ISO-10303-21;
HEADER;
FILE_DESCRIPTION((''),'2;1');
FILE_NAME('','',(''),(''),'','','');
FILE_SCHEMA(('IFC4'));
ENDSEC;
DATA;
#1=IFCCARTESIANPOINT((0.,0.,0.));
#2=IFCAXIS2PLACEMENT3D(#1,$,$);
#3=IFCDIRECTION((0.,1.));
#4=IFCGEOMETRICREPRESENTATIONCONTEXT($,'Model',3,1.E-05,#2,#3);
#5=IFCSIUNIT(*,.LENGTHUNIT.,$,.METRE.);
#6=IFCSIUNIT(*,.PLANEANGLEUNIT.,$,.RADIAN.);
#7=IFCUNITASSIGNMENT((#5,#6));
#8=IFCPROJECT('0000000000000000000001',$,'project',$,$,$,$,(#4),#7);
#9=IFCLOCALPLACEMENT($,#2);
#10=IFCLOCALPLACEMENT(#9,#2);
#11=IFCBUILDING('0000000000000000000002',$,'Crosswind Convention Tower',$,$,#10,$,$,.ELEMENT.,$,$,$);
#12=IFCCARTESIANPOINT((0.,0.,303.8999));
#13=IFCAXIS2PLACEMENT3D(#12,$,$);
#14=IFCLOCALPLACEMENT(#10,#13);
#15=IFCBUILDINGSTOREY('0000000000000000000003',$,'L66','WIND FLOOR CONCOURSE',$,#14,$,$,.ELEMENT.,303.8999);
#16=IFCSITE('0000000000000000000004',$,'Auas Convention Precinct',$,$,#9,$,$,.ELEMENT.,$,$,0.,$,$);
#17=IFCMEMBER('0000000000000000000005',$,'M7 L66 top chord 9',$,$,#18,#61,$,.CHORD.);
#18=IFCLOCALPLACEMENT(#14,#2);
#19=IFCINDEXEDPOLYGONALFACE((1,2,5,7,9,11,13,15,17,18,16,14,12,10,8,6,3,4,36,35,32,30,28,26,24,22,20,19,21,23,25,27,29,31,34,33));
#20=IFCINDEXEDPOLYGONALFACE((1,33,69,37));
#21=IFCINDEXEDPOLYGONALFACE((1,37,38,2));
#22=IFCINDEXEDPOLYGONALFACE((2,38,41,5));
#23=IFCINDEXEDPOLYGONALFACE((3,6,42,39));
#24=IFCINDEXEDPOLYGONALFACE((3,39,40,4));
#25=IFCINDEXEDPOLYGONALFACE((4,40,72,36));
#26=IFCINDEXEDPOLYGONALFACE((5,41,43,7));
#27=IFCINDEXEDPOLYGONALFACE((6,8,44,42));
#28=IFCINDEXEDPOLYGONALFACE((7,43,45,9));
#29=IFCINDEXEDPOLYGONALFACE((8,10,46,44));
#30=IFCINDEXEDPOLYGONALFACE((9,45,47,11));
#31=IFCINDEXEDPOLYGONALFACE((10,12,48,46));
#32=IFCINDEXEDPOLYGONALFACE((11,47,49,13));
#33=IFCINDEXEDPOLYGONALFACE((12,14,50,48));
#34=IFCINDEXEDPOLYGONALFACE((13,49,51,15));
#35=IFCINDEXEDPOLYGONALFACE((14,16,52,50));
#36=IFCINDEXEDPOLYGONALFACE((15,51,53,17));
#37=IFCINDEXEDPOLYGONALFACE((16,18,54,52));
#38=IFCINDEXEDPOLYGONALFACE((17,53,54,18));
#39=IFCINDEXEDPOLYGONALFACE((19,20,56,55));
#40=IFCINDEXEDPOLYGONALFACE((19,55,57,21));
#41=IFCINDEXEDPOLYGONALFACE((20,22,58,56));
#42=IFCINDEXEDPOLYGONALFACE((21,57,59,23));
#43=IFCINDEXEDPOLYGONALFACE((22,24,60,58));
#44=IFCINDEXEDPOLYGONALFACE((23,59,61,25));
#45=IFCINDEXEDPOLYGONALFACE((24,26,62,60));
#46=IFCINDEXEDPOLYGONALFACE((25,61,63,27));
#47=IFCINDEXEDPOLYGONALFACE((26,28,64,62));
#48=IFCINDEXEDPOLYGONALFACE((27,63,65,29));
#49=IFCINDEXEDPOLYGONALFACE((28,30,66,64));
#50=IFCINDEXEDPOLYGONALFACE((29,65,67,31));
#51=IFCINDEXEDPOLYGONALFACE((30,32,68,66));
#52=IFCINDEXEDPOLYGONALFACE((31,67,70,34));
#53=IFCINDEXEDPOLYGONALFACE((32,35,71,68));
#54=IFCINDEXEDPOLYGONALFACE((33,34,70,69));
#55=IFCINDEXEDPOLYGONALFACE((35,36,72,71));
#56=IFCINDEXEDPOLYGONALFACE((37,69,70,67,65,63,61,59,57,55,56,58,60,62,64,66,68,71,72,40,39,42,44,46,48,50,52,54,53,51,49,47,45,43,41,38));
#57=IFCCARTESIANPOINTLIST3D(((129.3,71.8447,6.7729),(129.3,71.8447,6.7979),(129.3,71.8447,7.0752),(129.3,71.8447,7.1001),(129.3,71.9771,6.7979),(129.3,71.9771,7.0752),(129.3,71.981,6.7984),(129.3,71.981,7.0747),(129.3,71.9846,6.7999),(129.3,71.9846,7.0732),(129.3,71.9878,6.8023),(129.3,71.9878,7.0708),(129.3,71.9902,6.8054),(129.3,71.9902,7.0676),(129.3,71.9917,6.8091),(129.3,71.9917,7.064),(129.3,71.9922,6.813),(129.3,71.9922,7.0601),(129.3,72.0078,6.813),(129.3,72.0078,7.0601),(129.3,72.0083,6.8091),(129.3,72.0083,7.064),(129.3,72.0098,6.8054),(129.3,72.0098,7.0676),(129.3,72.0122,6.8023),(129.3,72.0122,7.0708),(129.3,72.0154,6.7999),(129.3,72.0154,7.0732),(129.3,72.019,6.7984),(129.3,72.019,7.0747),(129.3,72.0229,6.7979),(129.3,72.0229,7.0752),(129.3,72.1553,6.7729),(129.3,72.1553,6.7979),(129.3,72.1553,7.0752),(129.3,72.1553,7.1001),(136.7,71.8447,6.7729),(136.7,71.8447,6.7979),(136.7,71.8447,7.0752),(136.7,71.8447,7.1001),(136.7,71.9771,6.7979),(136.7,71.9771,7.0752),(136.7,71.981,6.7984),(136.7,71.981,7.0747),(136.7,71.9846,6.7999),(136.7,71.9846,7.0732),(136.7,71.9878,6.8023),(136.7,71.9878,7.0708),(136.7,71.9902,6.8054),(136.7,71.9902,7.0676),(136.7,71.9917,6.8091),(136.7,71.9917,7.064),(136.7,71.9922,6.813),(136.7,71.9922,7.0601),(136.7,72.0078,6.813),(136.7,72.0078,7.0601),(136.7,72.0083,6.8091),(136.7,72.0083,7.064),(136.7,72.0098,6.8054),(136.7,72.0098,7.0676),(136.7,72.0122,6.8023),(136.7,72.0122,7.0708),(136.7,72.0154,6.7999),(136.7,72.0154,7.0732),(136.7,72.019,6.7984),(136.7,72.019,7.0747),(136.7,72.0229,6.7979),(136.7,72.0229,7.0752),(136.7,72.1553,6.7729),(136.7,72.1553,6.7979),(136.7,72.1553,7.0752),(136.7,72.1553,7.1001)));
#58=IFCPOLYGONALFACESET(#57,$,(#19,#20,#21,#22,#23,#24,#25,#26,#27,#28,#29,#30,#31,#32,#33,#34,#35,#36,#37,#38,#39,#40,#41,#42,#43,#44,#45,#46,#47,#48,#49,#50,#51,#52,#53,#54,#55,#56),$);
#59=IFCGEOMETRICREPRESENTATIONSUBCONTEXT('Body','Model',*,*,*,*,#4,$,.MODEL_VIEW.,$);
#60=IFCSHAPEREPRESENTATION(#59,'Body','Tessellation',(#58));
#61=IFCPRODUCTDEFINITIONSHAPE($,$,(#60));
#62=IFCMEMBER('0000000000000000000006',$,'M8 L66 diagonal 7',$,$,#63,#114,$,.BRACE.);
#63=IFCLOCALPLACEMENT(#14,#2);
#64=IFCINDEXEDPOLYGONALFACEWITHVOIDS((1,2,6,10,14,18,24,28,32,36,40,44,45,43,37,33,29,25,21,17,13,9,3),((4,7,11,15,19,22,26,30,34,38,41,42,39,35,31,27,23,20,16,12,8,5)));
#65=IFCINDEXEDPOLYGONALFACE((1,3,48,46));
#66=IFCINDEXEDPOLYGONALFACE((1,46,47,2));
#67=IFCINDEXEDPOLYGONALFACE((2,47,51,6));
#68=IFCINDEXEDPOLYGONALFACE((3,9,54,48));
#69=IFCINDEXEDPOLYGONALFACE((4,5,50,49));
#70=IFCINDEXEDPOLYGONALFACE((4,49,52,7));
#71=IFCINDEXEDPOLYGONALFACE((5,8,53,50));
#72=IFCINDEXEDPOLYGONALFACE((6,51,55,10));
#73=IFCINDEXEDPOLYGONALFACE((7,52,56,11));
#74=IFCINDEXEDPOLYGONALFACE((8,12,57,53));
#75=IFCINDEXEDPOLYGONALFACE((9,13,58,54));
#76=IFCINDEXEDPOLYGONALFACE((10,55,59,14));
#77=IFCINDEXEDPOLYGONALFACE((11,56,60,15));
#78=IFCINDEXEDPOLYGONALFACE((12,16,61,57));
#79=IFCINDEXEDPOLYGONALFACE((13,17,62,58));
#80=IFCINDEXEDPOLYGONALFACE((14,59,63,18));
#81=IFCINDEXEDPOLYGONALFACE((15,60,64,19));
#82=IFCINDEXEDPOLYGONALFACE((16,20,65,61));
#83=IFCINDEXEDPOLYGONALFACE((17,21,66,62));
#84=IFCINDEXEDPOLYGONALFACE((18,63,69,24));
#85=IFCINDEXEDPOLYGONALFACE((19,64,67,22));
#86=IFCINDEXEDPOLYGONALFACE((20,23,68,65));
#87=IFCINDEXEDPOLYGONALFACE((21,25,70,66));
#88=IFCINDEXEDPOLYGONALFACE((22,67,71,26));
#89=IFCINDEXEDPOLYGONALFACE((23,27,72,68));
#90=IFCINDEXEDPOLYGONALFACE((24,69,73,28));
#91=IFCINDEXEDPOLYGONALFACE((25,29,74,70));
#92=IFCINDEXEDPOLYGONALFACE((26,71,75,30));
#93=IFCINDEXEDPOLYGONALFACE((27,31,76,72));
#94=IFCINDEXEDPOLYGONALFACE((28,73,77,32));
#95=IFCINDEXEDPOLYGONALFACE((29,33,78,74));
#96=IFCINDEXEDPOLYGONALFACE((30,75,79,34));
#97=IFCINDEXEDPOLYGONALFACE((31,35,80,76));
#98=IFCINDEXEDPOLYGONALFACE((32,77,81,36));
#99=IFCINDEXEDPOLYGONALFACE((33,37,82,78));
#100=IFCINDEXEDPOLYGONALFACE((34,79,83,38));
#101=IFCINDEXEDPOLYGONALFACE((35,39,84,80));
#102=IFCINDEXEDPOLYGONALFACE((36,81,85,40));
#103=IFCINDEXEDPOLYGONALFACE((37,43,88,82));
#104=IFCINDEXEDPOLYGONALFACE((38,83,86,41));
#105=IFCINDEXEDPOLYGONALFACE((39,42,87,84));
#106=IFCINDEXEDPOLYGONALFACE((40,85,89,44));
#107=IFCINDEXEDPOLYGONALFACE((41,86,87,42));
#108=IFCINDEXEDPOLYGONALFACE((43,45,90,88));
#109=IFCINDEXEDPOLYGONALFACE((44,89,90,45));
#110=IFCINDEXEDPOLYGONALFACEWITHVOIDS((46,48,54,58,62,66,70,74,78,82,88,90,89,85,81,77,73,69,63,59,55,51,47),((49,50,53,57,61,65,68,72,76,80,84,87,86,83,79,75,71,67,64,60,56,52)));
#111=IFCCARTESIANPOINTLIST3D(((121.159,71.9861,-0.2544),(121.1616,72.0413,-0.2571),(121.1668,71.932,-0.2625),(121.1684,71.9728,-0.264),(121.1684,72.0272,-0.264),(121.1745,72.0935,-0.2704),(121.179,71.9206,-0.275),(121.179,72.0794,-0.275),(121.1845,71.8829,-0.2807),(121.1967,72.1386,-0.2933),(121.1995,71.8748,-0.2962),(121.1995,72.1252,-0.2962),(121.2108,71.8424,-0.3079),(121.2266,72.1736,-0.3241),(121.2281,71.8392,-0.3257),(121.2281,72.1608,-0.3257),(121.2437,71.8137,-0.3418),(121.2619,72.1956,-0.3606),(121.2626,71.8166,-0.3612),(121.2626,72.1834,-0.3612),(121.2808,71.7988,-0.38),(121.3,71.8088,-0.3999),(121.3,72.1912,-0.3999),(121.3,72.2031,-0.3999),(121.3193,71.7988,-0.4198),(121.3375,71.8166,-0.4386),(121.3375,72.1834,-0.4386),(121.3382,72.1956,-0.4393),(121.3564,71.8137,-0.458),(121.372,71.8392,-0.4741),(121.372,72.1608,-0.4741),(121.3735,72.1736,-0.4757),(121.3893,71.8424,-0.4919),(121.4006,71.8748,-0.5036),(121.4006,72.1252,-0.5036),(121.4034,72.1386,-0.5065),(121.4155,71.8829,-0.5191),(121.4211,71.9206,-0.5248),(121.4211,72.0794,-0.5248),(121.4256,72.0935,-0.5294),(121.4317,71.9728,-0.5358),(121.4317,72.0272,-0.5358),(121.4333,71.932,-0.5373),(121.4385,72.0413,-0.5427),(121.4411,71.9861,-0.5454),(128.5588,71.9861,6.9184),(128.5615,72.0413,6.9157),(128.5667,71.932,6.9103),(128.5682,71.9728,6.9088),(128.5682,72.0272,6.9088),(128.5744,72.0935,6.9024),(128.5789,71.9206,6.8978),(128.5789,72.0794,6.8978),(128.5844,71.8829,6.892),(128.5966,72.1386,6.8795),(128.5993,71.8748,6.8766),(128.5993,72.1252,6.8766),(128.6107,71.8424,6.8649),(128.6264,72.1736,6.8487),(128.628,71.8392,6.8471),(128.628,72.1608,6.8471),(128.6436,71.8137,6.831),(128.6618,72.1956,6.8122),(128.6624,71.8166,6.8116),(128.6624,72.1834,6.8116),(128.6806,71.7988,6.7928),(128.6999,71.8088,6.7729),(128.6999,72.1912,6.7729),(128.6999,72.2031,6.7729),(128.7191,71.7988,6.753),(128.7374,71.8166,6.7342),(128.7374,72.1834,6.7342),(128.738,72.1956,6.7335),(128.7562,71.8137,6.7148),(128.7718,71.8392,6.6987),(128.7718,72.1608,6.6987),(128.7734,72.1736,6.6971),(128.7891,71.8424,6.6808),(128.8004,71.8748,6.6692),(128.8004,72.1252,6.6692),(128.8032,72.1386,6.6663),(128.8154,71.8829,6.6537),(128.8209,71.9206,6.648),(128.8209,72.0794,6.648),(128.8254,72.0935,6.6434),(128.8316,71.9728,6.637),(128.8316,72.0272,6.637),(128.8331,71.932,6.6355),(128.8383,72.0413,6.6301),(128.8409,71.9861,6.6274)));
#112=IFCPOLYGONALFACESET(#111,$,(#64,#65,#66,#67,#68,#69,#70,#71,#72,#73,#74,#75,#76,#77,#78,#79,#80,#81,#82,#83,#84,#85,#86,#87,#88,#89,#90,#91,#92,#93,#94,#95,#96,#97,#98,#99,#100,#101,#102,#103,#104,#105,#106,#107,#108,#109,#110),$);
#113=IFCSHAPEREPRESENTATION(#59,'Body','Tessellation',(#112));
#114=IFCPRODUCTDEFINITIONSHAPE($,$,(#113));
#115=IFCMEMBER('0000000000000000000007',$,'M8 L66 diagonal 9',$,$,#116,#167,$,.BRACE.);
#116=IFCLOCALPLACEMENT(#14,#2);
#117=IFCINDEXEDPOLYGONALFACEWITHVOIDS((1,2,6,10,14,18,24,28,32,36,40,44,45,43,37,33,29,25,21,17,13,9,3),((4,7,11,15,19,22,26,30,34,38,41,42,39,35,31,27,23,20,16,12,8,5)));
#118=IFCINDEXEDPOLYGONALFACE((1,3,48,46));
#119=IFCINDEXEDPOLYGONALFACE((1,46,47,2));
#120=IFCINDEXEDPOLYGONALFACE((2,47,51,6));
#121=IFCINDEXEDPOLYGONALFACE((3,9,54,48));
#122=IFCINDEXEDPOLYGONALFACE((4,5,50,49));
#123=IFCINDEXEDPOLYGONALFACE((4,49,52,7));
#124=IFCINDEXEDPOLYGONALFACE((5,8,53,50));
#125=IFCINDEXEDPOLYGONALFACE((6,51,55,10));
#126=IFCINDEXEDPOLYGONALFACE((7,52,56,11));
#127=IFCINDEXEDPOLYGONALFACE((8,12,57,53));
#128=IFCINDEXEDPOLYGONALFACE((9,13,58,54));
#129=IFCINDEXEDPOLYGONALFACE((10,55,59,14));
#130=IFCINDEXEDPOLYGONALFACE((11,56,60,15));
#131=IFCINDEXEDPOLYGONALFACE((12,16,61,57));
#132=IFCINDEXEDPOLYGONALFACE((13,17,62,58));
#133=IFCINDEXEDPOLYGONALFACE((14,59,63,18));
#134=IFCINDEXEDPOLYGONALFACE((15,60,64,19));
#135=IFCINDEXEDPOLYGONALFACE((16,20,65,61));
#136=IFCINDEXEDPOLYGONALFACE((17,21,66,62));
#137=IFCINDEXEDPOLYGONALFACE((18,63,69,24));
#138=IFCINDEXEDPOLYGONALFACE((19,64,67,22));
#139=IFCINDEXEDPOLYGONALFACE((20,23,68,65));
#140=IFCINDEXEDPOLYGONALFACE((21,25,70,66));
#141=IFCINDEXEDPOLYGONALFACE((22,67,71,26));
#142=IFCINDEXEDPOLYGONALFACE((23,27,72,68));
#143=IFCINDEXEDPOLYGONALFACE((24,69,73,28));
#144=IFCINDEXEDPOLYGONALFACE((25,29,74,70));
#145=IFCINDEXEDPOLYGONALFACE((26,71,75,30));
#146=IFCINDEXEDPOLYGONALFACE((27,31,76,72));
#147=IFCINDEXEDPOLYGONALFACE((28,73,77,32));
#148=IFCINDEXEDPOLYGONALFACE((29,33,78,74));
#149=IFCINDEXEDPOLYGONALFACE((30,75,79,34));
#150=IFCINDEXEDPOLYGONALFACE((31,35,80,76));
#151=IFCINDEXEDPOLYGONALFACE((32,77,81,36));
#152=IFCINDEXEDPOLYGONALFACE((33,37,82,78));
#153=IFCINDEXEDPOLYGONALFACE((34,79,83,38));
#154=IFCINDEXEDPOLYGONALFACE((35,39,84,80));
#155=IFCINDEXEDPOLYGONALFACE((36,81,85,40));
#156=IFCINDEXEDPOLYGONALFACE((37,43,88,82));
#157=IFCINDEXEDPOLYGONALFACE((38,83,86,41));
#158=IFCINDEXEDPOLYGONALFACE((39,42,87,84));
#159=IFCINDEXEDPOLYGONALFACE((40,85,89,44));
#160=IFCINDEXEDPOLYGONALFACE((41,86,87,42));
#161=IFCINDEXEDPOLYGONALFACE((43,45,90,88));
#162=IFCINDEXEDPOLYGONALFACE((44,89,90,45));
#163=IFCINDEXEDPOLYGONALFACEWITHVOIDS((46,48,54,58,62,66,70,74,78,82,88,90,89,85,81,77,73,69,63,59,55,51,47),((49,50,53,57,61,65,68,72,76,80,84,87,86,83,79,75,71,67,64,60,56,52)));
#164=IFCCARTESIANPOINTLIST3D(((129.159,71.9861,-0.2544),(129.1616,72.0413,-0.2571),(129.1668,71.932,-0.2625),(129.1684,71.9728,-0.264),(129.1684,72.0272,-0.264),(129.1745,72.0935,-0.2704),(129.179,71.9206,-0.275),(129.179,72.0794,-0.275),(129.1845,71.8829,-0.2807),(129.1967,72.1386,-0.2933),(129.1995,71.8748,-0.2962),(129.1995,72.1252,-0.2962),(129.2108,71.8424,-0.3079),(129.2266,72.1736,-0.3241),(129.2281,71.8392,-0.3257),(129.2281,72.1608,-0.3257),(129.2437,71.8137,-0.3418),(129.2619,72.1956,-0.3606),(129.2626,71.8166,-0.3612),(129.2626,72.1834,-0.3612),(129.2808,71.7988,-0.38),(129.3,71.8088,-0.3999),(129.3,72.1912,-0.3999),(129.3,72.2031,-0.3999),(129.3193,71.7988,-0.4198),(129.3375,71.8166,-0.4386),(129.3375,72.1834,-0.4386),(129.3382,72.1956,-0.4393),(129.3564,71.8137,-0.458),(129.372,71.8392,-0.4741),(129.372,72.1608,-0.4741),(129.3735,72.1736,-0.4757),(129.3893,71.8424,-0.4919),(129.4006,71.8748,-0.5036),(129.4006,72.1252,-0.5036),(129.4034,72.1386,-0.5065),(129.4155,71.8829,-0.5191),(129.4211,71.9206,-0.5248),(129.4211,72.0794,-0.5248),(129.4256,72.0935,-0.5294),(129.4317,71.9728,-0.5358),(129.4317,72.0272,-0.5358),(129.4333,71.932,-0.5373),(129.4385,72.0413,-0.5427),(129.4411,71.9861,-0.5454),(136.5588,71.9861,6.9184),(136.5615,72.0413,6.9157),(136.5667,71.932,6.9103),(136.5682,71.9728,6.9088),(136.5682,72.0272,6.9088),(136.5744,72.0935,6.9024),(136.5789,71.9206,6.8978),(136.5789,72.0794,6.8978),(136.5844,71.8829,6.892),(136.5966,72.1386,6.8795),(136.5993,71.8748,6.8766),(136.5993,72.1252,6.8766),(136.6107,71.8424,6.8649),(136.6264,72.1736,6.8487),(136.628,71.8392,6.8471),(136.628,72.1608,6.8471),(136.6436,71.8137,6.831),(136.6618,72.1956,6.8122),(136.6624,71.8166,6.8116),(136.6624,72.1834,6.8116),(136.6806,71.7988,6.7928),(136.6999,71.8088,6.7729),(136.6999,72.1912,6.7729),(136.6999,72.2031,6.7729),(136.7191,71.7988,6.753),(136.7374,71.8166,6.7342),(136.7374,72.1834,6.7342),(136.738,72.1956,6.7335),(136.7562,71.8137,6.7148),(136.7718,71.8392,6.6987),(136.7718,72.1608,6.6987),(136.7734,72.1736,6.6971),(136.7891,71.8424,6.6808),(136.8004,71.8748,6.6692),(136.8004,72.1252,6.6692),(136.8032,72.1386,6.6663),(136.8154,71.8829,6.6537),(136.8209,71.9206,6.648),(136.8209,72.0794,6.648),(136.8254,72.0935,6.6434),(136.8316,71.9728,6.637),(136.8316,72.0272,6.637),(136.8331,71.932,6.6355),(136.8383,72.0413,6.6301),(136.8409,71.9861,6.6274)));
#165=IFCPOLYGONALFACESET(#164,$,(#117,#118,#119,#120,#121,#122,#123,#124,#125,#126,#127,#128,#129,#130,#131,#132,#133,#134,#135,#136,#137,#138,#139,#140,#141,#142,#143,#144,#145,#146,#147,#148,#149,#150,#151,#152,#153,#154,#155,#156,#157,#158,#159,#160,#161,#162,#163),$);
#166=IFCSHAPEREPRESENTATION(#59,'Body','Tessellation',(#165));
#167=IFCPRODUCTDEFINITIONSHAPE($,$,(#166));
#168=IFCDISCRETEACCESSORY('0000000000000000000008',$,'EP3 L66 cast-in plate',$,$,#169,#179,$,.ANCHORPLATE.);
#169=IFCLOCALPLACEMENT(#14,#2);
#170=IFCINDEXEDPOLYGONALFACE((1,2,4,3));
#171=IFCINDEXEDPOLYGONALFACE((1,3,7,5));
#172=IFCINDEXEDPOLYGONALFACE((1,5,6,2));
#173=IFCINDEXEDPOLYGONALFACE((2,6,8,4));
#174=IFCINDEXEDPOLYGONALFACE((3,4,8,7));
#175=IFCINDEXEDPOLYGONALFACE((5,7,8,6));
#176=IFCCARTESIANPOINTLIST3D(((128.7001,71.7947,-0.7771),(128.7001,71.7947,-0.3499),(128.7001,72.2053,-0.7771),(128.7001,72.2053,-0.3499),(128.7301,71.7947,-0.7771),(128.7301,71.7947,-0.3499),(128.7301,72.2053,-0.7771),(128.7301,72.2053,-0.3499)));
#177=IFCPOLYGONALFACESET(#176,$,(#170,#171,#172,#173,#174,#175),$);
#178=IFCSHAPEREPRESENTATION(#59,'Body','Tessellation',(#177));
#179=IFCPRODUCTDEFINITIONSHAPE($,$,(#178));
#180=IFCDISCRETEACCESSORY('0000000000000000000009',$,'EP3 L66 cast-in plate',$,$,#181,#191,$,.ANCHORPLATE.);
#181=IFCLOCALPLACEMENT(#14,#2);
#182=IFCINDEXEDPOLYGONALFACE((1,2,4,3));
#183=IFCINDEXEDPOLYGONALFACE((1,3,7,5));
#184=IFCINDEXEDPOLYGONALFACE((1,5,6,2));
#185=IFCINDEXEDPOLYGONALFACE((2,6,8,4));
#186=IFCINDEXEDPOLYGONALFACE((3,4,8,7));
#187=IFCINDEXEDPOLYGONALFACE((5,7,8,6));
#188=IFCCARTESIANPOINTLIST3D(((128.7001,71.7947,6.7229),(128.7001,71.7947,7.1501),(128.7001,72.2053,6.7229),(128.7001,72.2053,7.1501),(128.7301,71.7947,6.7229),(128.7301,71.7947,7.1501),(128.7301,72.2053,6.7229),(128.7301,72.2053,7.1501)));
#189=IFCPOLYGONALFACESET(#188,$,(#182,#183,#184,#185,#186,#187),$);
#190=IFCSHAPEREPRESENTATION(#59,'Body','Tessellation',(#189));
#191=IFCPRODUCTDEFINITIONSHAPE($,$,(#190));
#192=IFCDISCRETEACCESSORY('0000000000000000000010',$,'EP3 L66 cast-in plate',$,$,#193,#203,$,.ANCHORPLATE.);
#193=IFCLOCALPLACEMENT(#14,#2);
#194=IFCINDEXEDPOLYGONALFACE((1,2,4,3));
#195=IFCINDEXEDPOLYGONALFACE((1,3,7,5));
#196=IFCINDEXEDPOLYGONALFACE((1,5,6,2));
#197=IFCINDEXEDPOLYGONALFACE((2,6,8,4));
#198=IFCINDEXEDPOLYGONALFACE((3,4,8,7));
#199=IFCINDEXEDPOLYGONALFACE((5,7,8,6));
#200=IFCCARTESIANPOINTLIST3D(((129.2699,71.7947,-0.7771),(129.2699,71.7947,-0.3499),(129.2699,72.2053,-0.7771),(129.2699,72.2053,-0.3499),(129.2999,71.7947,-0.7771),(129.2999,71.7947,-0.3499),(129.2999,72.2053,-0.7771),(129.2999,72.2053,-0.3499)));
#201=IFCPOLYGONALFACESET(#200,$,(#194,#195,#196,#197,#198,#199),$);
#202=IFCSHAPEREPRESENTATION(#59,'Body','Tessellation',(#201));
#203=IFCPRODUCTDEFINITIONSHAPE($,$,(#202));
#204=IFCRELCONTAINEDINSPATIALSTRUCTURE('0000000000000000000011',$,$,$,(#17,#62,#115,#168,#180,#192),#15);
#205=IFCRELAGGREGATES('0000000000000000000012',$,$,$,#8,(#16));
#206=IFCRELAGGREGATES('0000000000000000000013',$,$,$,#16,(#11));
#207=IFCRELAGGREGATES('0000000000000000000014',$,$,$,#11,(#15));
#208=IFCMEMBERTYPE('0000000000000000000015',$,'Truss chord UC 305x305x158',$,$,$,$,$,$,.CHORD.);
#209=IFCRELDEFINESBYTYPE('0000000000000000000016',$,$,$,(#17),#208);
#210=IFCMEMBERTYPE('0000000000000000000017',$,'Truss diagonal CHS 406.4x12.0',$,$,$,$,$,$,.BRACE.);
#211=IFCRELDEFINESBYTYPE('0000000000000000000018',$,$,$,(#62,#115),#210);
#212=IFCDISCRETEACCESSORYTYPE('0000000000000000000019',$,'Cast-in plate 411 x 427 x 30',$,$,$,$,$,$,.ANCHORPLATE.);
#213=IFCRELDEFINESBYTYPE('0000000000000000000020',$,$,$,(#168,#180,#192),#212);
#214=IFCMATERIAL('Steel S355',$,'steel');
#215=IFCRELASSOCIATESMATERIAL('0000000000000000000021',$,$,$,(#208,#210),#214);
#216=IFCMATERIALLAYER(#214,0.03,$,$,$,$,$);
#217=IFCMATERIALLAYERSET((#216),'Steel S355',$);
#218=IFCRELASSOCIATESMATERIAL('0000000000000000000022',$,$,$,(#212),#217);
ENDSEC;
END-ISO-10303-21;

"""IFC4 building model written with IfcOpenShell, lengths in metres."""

from ifc_helpers import new_model, si_unit, direction, frame, origin, origin_2d, place, context, subcontext, project, spatial, rectangle, hollow_circle, i_section, extrude, material, layer, layer_set, material_profile, profile_set, type_object, element, save


model = new_model("IFC4")

# Units and contexts
model_context = context("Model", 3, precision=1e-05, world=origin(), true_north=direction((0.0, 1.0)))
body_context = subcontext(model_context, "Body", "Model", "MODEL_VIEW")
ifc_project = project(units=[si_unit("LENGTHUNIT", "METRE"), si_unit("PLANEANGLEUNIT", "RADIAN")], contexts=[model_context])

# Site, building, storey
site_placement = place(None, origin())
site = spatial("IfcSite", under=ifc_project, at=site_placement, Name="Auas Convention Precinct", CompositionType="ELEMENT", RefElevation=0.0)
building_placement = place(site_placement, origin())
building = spatial("IfcBuilding", under=site, at=building_placement, Name="Crosswind Convention Tower", CompositionType="ELEMENT")
storey_placement = place(building_placement, frame((0.0, 0.0, 303.8999)))
storey = spatial("IfcBuildingStorey", under=building, at=storey_placement, Name="L66", Description="WIND FLOOR CONCOURSE", CompositionType="ELEMENT", Elevation=303.8999)

# Shared definitions
ifc_material_1 = material(Name="Steel S355", Category="steel")

# Members
ifc_material_profile_1 = material_profile(ifc_material_1, i_section(OverallWidth=0.3105, OverallDepth=0.3271, WebThickness=0.0156, FlangeThickness=0.0249, FilletRadius=0.0151, at=origin_2d()), Name="UC 305x305x158")
ifc_profile_set_1 = profile_set([ifc_material_profile_1], Name="Steel S355")
member_type_1 = type_object("IfcMemberType", Name="Truss chord UC 305x305x158", PredefinedType="CHORD", material=ifc_profile_set_1)
for number, where, z_axis, x_axis, name in (
    (1, (129.3, 72.0, 6.9365), (1.0, 0.0, 0.0), (0.0, 1.0, 0.0), "M7 L66 top chord 9"),
):
    element("IfcMember", number, at=place(storey_placement, frame(where, z_axis=z_axis, x_axis=x_axis)), inside=storey, type_object=member_type_1, Name=name, PredefinedType="CHORD", context=body_context, shape_type="SweptSolid", body=[
        extrude(i_section(OverallWidth=0.3105, OverallDepth=0.3271, WebThickness=0.0156, FlangeThickness=0.0249, FilletRadius=0.0151, at=origin_2d()), origin(), (0.0, 0.0, 1.0), 7.3999),
    ])
ifc_material_profile_2 = material_profile(ifc_material_1, hollow_circle(Radius=0.2031, WallThickness=0.012, at=origin_2d()), Name="CHS 406.4x12.0")
ifc_profile_set_2 = profile_set([ifc_material_profile_2], Name="Steel S355")
member_type_2 = type_object("IfcMemberType", Name="Truss diagonal CHS 406.4x12.0", PredefinedType="BRACE", material=ifc_profile_set_2)
for number, where, z_axis, x_axis, name in (
    (2, (121.3, 72.0, -0.3999), (0.718037, 0.0, 0.696005), (0.0, 1.0, 0.0), "M8 L66 diagonal 7"),
    (3, (129.3, 72.0, -0.3999), (0.718037, 0.0, 0.696005), (0.0, 1.0, 0.0), "M8 L66 diagonal 9"),
):
    element("IfcMember", number, at=place(storey_placement, frame(where, z_axis=z_axis, x_axis=x_axis)), inside=storey, type_object=member_type_2, Name=name, PredefinedType="BRACE", context=body_context, shape_type="SweptSolid", body=[
        extrude(hollow_circle(Radius=0.2031, WallThickness=0.012, at=origin_2d()), origin(), (0.0, 0.0, 1.0), 10.3057),
    ])

# Discrete accessories
ifc_layer = layer(ifc_material_1, 0.03)
ifc_layer_set = layer_set([ifc_layer], Name="Steel S355")
discrete_accessory_type_1 = type_object("IfcDiscreteAccessoryType", Name="Cast-in plate 411 x 427 x 30", PredefinedType="ANCHORPLATE", material=ifc_layer_set)
for number, where, z_axis, x_axis, name in (
    (4, (128.7151, 72.0, -0.7771), (0.0, 0.0, 1.0), (1.0, 0.0, 0.0), "EP3 L66 cast-in plate"),
    (5, (128.7151, 72.0, 6.7229), (0.0, 0.0, 1.0), (1.0, 0.0, 0.0), "EP3 L66 cast-in plate"),
    (6, (129.2849, 72.0, -0.7771), (0.0, 0.0, 1.0), (1.0, 0.0, 0.0), "EP3 L66 cast-in plate"),
):
    element("IfcDiscreteAccessory", number, at=place(storey_placement, frame(where, z_axis=z_axis, x_axis=x_axis)), inside=storey, type_object=discrete_accessory_type_1, Name=name, PredefinedType="ANCHORPLATE", context=body_context, shape_type="SweptSolid", body=[
        extrude(rectangle(XDim=0.03, YDim=0.4106, at=origin_2d()), origin(), (0.0, 0.0, 1.0), 0.4272),
    ])

save(model, "model.ifc")
